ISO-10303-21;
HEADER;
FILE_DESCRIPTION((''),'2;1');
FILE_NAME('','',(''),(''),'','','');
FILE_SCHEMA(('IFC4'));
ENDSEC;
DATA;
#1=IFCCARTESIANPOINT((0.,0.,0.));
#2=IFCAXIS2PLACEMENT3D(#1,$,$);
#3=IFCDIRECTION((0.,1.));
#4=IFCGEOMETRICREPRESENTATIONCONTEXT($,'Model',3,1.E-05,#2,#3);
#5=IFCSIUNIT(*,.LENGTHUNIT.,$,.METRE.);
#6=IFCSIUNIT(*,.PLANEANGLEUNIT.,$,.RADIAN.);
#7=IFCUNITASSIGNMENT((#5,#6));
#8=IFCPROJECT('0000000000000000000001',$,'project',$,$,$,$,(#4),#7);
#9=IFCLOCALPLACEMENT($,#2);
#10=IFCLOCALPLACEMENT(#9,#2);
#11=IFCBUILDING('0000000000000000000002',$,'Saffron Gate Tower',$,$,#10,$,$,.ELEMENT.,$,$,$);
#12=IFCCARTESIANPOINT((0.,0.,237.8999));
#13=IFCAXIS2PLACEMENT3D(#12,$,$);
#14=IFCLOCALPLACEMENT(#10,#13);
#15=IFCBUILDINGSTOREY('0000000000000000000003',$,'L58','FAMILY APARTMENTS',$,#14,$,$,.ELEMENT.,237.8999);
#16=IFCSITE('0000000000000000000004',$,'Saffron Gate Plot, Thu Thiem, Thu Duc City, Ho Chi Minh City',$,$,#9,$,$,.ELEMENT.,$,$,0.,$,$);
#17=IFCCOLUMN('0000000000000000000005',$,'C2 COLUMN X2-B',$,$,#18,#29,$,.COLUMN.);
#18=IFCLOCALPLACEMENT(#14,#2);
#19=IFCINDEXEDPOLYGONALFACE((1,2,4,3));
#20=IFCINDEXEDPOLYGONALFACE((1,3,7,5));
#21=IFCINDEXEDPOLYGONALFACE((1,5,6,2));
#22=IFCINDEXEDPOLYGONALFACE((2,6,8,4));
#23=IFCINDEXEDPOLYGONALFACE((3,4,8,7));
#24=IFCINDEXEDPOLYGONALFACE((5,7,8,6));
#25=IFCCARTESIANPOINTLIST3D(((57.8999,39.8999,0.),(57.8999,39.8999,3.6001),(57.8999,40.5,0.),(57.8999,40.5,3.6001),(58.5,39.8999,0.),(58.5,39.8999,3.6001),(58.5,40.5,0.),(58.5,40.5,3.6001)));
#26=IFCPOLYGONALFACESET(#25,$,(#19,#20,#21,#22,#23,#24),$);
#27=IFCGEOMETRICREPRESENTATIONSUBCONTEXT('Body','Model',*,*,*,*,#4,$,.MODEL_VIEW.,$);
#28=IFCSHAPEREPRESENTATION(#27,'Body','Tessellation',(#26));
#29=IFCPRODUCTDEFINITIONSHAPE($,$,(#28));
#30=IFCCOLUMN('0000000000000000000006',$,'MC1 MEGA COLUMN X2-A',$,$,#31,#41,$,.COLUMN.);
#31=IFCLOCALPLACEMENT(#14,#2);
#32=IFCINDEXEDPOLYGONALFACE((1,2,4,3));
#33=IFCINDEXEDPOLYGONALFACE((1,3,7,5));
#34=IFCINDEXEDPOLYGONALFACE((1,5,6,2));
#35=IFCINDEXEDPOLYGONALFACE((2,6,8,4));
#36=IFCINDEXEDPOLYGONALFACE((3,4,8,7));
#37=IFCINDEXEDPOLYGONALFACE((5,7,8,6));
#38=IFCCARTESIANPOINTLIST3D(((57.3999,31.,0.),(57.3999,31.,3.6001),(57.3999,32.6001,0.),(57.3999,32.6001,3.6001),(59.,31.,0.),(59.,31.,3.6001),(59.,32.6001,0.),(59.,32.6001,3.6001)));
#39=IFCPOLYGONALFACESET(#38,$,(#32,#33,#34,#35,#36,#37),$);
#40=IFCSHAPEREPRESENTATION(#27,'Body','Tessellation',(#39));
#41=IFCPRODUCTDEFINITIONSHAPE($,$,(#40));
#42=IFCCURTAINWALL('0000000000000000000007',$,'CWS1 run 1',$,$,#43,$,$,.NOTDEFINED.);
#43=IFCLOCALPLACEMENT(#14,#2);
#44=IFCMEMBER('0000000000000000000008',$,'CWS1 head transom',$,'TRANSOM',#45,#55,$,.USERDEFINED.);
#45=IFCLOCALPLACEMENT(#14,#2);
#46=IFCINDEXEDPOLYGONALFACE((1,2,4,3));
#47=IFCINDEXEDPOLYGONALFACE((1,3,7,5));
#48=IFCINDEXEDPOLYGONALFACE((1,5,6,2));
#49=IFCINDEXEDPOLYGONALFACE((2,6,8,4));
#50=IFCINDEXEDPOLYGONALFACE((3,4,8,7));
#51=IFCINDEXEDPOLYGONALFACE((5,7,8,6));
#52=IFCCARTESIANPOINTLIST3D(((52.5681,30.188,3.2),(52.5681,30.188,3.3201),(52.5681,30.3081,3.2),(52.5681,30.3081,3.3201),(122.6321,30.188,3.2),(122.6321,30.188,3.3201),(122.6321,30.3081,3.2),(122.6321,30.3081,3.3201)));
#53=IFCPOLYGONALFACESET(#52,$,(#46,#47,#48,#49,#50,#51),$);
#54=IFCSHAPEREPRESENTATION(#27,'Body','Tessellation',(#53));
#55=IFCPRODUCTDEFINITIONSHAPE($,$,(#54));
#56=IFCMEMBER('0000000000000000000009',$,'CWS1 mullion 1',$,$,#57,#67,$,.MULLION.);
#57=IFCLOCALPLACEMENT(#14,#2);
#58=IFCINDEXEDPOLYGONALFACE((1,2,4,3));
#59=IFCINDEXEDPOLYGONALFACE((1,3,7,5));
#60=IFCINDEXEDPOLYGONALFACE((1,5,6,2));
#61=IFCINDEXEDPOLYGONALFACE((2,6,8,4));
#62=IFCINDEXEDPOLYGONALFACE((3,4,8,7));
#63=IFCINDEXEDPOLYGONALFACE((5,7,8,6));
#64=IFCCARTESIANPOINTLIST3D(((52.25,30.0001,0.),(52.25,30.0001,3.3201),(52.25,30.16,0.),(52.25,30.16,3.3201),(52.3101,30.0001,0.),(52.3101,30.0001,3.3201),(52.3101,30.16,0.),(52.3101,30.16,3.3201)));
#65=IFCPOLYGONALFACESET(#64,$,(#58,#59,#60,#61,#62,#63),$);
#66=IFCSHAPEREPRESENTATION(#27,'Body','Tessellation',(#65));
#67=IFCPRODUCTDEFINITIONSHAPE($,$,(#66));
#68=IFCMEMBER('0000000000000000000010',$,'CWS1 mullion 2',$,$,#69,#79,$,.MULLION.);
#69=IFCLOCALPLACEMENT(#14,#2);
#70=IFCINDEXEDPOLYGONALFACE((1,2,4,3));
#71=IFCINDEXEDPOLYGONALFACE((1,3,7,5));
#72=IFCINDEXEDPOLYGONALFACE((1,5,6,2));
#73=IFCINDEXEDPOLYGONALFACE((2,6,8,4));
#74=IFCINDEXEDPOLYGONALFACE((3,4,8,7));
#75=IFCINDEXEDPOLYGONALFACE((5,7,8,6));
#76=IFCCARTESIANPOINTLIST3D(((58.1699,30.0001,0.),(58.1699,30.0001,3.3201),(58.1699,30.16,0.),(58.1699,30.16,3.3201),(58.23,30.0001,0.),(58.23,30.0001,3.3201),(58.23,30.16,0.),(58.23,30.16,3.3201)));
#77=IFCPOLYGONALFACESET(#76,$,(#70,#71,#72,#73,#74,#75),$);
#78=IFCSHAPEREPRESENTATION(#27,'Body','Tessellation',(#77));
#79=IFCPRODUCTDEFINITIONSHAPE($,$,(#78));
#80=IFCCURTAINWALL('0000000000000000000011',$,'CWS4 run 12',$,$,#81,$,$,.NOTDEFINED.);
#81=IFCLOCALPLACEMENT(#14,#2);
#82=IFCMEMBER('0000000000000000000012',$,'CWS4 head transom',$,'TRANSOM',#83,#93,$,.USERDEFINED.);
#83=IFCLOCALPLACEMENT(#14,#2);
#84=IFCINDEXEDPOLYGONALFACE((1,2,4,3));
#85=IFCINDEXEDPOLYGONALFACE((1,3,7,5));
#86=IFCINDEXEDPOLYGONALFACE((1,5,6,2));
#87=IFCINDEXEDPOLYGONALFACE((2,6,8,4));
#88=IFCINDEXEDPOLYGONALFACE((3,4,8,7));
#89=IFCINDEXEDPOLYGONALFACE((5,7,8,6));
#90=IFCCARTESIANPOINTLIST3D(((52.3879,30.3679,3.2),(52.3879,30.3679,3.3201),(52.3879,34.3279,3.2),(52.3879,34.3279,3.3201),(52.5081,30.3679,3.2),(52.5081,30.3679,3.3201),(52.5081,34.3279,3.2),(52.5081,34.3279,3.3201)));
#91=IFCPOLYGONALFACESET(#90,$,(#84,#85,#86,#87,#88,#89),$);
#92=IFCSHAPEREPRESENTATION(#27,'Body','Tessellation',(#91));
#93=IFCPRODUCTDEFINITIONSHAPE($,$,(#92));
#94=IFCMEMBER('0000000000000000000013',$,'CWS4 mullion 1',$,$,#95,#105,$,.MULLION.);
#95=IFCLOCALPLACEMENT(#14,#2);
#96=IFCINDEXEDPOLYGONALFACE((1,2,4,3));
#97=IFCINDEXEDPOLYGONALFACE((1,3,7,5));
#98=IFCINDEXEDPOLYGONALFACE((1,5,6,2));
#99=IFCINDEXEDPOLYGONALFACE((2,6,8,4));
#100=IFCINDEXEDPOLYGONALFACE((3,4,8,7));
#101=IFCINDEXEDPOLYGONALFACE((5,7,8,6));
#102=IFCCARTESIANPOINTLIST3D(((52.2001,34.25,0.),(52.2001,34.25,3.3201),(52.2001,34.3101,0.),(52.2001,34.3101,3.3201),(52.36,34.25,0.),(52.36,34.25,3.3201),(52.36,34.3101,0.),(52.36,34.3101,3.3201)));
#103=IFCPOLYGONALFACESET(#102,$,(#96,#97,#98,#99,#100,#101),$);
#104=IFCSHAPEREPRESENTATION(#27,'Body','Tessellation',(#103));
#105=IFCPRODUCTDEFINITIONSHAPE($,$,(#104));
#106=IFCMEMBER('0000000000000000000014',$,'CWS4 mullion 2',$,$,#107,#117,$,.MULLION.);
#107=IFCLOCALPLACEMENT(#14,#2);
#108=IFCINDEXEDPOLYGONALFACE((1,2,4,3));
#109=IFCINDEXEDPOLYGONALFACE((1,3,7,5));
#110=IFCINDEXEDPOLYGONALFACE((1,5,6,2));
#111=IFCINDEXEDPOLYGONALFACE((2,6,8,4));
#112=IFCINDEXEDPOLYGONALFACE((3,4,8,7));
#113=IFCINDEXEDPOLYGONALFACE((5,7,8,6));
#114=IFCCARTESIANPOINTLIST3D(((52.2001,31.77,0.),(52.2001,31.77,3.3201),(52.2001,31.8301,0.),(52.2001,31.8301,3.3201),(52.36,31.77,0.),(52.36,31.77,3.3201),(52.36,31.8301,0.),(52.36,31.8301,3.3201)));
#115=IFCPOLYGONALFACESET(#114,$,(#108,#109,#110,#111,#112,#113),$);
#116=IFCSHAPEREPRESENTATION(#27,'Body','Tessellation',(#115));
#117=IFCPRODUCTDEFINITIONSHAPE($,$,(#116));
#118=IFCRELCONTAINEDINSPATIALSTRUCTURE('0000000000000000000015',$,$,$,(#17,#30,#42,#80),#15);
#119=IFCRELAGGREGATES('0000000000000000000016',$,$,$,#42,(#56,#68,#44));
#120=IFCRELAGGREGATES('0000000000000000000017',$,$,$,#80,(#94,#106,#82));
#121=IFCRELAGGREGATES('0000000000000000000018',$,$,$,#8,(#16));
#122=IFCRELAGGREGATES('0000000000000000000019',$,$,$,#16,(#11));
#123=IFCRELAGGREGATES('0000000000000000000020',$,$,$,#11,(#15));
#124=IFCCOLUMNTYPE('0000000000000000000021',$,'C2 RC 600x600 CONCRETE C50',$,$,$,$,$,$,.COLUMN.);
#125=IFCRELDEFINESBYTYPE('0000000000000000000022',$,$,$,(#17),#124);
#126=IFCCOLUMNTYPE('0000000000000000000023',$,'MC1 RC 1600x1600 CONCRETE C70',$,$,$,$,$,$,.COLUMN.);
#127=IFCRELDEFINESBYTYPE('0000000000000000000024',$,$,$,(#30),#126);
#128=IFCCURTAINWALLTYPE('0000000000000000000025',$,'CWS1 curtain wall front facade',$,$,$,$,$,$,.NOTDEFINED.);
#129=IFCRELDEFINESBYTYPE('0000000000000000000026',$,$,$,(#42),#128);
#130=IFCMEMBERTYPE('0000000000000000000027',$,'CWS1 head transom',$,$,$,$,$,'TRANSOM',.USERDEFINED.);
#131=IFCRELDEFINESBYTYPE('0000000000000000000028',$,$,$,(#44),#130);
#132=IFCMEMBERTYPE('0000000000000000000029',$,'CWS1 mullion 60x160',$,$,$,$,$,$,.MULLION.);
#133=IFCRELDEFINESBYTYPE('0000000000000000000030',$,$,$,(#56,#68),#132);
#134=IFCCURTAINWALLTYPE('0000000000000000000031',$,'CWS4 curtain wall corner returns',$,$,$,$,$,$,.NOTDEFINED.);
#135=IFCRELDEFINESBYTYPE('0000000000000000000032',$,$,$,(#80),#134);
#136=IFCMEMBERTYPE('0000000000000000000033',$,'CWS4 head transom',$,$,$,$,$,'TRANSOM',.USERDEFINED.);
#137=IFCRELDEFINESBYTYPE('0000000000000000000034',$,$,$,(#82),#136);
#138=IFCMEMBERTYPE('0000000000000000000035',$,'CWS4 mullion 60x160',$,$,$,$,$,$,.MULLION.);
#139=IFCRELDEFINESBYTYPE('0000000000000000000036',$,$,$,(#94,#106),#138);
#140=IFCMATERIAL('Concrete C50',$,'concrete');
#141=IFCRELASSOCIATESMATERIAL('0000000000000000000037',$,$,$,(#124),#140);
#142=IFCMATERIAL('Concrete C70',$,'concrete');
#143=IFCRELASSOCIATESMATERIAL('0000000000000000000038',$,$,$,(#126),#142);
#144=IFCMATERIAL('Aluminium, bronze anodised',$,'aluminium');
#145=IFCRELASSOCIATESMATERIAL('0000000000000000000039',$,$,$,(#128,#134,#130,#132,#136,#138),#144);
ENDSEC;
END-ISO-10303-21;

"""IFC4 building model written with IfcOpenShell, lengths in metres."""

from ifc_helpers import new_model, si_unit, direction, frame, origin, origin_2d, place, context, subcontext, project, spatial, rectangle, extrude, material, material_profile, profile_set, type_object, element, aggregate, save


model = new_model("IFC4")

# Units and contexts
model_context = context("Model", 3, precision=1e-05, world=origin(), true_north=direction((0.0, 1.0)))
body_context = subcontext(model_context, "Body", "Model", "MODEL_VIEW")
ifc_project = project(units=[si_unit("LENGTHUNIT", "METRE"), si_unit("PLANEANGLEUNIT", "RADIAN")], contexts=[model_context])

# Site, building, storey
site_placement = place(None, origin())
site = spatial("IfcSite", under=ifc_project, at=site_placement, Name="Saffron Gate Plot, Thu Thiem, Thu Duc City, Ho Chi Minh City", CompositionType="ELEMENT", RefElevation=0.0)
building_placement = place(site_placement, origin())
building = spatial("IfcBuilding", under=site, at=building_placement, Name="Saffron Gate Tower", CompositionType="ELEMENT")
storey_placement = place(building_placement, frame((0.0, 0.0, 237.8999)))
storey = spatial("IfcBuildingStorey", under=building, at=storey_placement, Name="L58", Description="FAMILY APARTMENTS", CompositionType="ELEMENT", Elevation=237.8999)

# Columns
ifc_material_1 = material(Name="Concrete C50", Category="concrete")
ifc_material_profile_1 = material_profile(ifc_material_1, rectangle(XDim=0.6001, YDim=0.6001, at=origin_2d()))
ifc_profile_set_1 = profile_set([ifc_material_profile_1], Name="Concrete C50")
column_type_1 = type_object("IfcColumnType", Name="C2 RC 600x600 CONCRETE C50", PredefinedType="COLUMN", material=ifc_profile_set_1)
column_1_placement = place(storey_placement, frame((58.2, 40.2, 0.0), z_axis=(0.0, 0.0, 1.0), x_axis=(1.0, 0.0, 0.0)))
element("IfcColumn", 1, at=column_1_placement, inside=storey, type_object=column_type_1, Name="C2 COLUMN X2-B", PredefinedType="COLUMN", context=body_context, shape_type="SweptSolid", body=[
    extrude(rectangle(XDim=0.6001, YDim=0.6001, at=origin_2d()), origin(), (0.0, 0.0, 1.0), 3.6001),
])
ifc_material_2 = material(Name="Concrete C70", Category="concrete")
ifc_material_profile_2 = material_profile(ifc_material_2, rectangle(XDim=1.6001, YDim=1.6001, at=origin_2d()))
ifc_profile_set_2 = profile_set([ifc_material_profile_2], Name="Concrete C70")
column_type_2 = type_object("IfcColumnType", Name="MC1 RC 1600x1600 CONCRETE C70", PredefinedType="COLUMN", material=ifc_profile_set_2)
column_2_placement = place(storey_placement, frame((58.2, 31.8, 0.0), z_axis=(0.0, 0.0, 1.0), x_axis=(1.0, 0.0, 0.0)))
element("IfcColumn", 2, at=column_2_placement, inside=storey, type_object=column_type_2, Name="MC1 MEGA COLUMN X2-A", PredefinedType="COLUMN", context=body_context, shape_type="SweptSolid", body=[
    extrude(rectangle(XDim=1.6001, YDim=1.6001, at=origin_2d()), origin(), (0.0, 0.0, 1.0), 3.6001),
])

# Curtain walls, members
ifc_material_3 = material(Name="Aluminium, bronze anodised", Category="aluminium")
curtain_wall_type_1 = type_object("IfcCurtainWallType", Name="CWS1 curtain wall front facade", PredefinedType="NOTDEFINED", material=ifc_material_3)
curtain_wall_1_placement = place(storey_placement, origin())
curtain_wall_1 = element("IfcCurtainWall", 3, at=curtain_wall_1_placement, inside=storey, type_object=curtain_wall_type_1, Name="CWS1 run 1", PredefinedType="NOTDEFINED")
ifc_material_profile_3 = material_profile(ifc_material_3, rectangle(XDim=0.1201, YDim=0.1201, at=origin_2d()))
ifc_profile_set_3 = profile_set([ifc_material_profile_3], Name="Aluminium, bronze anodised")
member_type_1 = type_object("IfcMemberType", Name="CWS1 head transom", ElementType="TRANSOM", PredefinedType="USERDEFINED", material=ifc_profile_set_3)
member_1_placement = place(storey_placement, frame((52.5681, 30.248, 3.26), z_axis=(1.0, 0.0, 0.0), x_axis=(0.0, 1.0, 0.0)))
member_1 = element("IfcMember", 4, at=member_1_placement, type_object=member_type_1, Name="CWS1 head transom", ObjectType="TRANSOM", PredefinedType="USERDEFINED", context=body_context, shape_type="SweptSolid", body=[
    extrude(rectangle(XDim=0.1201, YDim=0.1201, at=origin_2d()), origin(), (0.0, 0.0, 1.0), 70.064),
])
ifc_material_profile_4 = material_profile(ifc_material_3, rectangle(XDim=0.1599, YDim=0.0601, at=origin_2d()))
ifc_profile_set_4 = profile_set([ifc_material_profile_4], Name="Aluminium, bronze anodised")
member_type_2 = type_object("IfcMemberType", Name="CWS1 mullion 60x160", PredefinedType="MULLION", material=ifc_profile_set_4)
member_2_placement = place(storey_placement, frame((52.28, 30.0801, 0.0), z_axis=(0.0, 0.0, 1.0), x_axis=(0.0, 1.0, 0.0)))
member_2 = element("IfcMember", 5, at=member_2_placement, type_object=member_type_2, Name="CWS1 mullion 1", PredefinedType="MULLION", context=body_context, shape_type="SweptSolid", body=[
    extrude(rectangle(XDim=0.1599, YDim=0.0601, at=origin_2d()), origin(), (0.0, 0.0, 1.0), 3.3201),
])
member_3_placement = place(storey_placement, frame((58.2, 30.0801, 0.0), z_axis=(0.0, 0.0, 1.0), x_axis=(0.0, 1.0, 0.0)))
member_3 = element("IfcMember", 6, at=member_3_placement, type_object=member_type_2, Name="CWS1 mullion 2", PredefinedType="MULLION", context=body_context, shape_type="SweptSolid", body=[
    extrude(rectangle(XDim=0.1599, YDim=0.0601, at=origin_2d()), origin(), (0.0, 0.0, 1.0), 3.3201),
])
curtain_wall_type_2 = type_object("IfcCurtainWallType", Name="CWS4 curtain wall corner returns", PredefinedType="NOTDEFINED", material=ifc_material_3)
curtain_wall_2_placement = place(storey_placement, origin())
curtain_wall_2 = element("IfcCurtainWall", 7, at=curtain_wall_2_placement, inside=storey, type_object=curtain_wall_type_2, Name="CWS4 run 12", PredefinedType="NOTDEFINED")
ifc_material_profile_5 = material_profile(ifc_material_3, rectangle(XDim=0.1201, YDim=0.1201, at=origin_2d()))
ifc_profile_set_5 = profile_set([ifc_material_profile_5], Name="Aluminium, bronze anodised")
member_type_3 = type_object("IfcMemberType", Name="CWS4 head transom", ElementType="TRANSOM", PredefinedType="USERDEFINED", material=ifc_profile_set_5)
member_4_placement = place(storey_placement, frame((52.448, 34.3279, 3.26), z_axis=(0.0, -1.0, 0.0), x_axis=(1.0, 0.0, 0.0)))
member_4 = element("IfcMember", 8, at=member_4_placement, type_object=member_type_3, Name="CWS4 head transom", ObjectType="TRANSOM", PredefinedType="USERDEFINED", context=body_context, shape_type="SweptSolid", body=[
    extrude(rectangle(XDim=0.1201, YDim=0.1201, at=origin_2d()), origin(), (0.0, 0.0, 1.0), 3.96),
])
ifc_material_profile_6 = material_profile(ifc_material_3, rectangle(XDim=0.1599, YDim=0.0601, at=origin_2d()))
ifc_profile_set_6 = profile_set([ifc_material_profile_6], Name="Aluminium, bronze anodised")
member_type_4 = type_object("IfcMemberType", Name="CWS4 mullion 60x160", PredefinedType="MULLION", material=ifc_profile_set_6)
member_5_placement = place(storey_placement, frame((52.28, 34.28, 0.0), z_axis=(0.0, 0.0, 1.0), x_axis=(1.0, 0.0, 0.0)))
member_5 = element("IfcMember", 9, at=member_5_placement, type_object=member_type_4, Name="CWS4 mullion 1", PredefinedType="MULLION", context=body_context, shape_type="SweptSolid", body=[
    extrude(rectangle(XDim=0.1599, YDim=0.0601, at=origin_2d()), origin(), (0.0, 0.0, 1.0), 3.3201),
])
member_6_placement = place(storey_placement, frame((52.28, 31.8, 0.0), z_axis=(0.0, 0.0, 1.0), x_axis=(1.0, 0.0, 0.0)))
member_6 = element("IfcMember", 10, at=member_6_placement, type_object=member_type_4, Name="CWS4 mullion 2", PredefinedType="MULLION", context=body_context, shape_type="SweptSolid", body=[
    extrude(rectangle(XDim=0.1599, YDim=0.0601, at=origin_2d()), origin(), (0.0, 0.0, 1.0), 3.3201),
])

aggregate(curtain_wall_1, [member_2, member_3, member_1])

aggregate(curtain_wall_2, [member_5, member_6, member_4])

save(model, "model.ifc")
